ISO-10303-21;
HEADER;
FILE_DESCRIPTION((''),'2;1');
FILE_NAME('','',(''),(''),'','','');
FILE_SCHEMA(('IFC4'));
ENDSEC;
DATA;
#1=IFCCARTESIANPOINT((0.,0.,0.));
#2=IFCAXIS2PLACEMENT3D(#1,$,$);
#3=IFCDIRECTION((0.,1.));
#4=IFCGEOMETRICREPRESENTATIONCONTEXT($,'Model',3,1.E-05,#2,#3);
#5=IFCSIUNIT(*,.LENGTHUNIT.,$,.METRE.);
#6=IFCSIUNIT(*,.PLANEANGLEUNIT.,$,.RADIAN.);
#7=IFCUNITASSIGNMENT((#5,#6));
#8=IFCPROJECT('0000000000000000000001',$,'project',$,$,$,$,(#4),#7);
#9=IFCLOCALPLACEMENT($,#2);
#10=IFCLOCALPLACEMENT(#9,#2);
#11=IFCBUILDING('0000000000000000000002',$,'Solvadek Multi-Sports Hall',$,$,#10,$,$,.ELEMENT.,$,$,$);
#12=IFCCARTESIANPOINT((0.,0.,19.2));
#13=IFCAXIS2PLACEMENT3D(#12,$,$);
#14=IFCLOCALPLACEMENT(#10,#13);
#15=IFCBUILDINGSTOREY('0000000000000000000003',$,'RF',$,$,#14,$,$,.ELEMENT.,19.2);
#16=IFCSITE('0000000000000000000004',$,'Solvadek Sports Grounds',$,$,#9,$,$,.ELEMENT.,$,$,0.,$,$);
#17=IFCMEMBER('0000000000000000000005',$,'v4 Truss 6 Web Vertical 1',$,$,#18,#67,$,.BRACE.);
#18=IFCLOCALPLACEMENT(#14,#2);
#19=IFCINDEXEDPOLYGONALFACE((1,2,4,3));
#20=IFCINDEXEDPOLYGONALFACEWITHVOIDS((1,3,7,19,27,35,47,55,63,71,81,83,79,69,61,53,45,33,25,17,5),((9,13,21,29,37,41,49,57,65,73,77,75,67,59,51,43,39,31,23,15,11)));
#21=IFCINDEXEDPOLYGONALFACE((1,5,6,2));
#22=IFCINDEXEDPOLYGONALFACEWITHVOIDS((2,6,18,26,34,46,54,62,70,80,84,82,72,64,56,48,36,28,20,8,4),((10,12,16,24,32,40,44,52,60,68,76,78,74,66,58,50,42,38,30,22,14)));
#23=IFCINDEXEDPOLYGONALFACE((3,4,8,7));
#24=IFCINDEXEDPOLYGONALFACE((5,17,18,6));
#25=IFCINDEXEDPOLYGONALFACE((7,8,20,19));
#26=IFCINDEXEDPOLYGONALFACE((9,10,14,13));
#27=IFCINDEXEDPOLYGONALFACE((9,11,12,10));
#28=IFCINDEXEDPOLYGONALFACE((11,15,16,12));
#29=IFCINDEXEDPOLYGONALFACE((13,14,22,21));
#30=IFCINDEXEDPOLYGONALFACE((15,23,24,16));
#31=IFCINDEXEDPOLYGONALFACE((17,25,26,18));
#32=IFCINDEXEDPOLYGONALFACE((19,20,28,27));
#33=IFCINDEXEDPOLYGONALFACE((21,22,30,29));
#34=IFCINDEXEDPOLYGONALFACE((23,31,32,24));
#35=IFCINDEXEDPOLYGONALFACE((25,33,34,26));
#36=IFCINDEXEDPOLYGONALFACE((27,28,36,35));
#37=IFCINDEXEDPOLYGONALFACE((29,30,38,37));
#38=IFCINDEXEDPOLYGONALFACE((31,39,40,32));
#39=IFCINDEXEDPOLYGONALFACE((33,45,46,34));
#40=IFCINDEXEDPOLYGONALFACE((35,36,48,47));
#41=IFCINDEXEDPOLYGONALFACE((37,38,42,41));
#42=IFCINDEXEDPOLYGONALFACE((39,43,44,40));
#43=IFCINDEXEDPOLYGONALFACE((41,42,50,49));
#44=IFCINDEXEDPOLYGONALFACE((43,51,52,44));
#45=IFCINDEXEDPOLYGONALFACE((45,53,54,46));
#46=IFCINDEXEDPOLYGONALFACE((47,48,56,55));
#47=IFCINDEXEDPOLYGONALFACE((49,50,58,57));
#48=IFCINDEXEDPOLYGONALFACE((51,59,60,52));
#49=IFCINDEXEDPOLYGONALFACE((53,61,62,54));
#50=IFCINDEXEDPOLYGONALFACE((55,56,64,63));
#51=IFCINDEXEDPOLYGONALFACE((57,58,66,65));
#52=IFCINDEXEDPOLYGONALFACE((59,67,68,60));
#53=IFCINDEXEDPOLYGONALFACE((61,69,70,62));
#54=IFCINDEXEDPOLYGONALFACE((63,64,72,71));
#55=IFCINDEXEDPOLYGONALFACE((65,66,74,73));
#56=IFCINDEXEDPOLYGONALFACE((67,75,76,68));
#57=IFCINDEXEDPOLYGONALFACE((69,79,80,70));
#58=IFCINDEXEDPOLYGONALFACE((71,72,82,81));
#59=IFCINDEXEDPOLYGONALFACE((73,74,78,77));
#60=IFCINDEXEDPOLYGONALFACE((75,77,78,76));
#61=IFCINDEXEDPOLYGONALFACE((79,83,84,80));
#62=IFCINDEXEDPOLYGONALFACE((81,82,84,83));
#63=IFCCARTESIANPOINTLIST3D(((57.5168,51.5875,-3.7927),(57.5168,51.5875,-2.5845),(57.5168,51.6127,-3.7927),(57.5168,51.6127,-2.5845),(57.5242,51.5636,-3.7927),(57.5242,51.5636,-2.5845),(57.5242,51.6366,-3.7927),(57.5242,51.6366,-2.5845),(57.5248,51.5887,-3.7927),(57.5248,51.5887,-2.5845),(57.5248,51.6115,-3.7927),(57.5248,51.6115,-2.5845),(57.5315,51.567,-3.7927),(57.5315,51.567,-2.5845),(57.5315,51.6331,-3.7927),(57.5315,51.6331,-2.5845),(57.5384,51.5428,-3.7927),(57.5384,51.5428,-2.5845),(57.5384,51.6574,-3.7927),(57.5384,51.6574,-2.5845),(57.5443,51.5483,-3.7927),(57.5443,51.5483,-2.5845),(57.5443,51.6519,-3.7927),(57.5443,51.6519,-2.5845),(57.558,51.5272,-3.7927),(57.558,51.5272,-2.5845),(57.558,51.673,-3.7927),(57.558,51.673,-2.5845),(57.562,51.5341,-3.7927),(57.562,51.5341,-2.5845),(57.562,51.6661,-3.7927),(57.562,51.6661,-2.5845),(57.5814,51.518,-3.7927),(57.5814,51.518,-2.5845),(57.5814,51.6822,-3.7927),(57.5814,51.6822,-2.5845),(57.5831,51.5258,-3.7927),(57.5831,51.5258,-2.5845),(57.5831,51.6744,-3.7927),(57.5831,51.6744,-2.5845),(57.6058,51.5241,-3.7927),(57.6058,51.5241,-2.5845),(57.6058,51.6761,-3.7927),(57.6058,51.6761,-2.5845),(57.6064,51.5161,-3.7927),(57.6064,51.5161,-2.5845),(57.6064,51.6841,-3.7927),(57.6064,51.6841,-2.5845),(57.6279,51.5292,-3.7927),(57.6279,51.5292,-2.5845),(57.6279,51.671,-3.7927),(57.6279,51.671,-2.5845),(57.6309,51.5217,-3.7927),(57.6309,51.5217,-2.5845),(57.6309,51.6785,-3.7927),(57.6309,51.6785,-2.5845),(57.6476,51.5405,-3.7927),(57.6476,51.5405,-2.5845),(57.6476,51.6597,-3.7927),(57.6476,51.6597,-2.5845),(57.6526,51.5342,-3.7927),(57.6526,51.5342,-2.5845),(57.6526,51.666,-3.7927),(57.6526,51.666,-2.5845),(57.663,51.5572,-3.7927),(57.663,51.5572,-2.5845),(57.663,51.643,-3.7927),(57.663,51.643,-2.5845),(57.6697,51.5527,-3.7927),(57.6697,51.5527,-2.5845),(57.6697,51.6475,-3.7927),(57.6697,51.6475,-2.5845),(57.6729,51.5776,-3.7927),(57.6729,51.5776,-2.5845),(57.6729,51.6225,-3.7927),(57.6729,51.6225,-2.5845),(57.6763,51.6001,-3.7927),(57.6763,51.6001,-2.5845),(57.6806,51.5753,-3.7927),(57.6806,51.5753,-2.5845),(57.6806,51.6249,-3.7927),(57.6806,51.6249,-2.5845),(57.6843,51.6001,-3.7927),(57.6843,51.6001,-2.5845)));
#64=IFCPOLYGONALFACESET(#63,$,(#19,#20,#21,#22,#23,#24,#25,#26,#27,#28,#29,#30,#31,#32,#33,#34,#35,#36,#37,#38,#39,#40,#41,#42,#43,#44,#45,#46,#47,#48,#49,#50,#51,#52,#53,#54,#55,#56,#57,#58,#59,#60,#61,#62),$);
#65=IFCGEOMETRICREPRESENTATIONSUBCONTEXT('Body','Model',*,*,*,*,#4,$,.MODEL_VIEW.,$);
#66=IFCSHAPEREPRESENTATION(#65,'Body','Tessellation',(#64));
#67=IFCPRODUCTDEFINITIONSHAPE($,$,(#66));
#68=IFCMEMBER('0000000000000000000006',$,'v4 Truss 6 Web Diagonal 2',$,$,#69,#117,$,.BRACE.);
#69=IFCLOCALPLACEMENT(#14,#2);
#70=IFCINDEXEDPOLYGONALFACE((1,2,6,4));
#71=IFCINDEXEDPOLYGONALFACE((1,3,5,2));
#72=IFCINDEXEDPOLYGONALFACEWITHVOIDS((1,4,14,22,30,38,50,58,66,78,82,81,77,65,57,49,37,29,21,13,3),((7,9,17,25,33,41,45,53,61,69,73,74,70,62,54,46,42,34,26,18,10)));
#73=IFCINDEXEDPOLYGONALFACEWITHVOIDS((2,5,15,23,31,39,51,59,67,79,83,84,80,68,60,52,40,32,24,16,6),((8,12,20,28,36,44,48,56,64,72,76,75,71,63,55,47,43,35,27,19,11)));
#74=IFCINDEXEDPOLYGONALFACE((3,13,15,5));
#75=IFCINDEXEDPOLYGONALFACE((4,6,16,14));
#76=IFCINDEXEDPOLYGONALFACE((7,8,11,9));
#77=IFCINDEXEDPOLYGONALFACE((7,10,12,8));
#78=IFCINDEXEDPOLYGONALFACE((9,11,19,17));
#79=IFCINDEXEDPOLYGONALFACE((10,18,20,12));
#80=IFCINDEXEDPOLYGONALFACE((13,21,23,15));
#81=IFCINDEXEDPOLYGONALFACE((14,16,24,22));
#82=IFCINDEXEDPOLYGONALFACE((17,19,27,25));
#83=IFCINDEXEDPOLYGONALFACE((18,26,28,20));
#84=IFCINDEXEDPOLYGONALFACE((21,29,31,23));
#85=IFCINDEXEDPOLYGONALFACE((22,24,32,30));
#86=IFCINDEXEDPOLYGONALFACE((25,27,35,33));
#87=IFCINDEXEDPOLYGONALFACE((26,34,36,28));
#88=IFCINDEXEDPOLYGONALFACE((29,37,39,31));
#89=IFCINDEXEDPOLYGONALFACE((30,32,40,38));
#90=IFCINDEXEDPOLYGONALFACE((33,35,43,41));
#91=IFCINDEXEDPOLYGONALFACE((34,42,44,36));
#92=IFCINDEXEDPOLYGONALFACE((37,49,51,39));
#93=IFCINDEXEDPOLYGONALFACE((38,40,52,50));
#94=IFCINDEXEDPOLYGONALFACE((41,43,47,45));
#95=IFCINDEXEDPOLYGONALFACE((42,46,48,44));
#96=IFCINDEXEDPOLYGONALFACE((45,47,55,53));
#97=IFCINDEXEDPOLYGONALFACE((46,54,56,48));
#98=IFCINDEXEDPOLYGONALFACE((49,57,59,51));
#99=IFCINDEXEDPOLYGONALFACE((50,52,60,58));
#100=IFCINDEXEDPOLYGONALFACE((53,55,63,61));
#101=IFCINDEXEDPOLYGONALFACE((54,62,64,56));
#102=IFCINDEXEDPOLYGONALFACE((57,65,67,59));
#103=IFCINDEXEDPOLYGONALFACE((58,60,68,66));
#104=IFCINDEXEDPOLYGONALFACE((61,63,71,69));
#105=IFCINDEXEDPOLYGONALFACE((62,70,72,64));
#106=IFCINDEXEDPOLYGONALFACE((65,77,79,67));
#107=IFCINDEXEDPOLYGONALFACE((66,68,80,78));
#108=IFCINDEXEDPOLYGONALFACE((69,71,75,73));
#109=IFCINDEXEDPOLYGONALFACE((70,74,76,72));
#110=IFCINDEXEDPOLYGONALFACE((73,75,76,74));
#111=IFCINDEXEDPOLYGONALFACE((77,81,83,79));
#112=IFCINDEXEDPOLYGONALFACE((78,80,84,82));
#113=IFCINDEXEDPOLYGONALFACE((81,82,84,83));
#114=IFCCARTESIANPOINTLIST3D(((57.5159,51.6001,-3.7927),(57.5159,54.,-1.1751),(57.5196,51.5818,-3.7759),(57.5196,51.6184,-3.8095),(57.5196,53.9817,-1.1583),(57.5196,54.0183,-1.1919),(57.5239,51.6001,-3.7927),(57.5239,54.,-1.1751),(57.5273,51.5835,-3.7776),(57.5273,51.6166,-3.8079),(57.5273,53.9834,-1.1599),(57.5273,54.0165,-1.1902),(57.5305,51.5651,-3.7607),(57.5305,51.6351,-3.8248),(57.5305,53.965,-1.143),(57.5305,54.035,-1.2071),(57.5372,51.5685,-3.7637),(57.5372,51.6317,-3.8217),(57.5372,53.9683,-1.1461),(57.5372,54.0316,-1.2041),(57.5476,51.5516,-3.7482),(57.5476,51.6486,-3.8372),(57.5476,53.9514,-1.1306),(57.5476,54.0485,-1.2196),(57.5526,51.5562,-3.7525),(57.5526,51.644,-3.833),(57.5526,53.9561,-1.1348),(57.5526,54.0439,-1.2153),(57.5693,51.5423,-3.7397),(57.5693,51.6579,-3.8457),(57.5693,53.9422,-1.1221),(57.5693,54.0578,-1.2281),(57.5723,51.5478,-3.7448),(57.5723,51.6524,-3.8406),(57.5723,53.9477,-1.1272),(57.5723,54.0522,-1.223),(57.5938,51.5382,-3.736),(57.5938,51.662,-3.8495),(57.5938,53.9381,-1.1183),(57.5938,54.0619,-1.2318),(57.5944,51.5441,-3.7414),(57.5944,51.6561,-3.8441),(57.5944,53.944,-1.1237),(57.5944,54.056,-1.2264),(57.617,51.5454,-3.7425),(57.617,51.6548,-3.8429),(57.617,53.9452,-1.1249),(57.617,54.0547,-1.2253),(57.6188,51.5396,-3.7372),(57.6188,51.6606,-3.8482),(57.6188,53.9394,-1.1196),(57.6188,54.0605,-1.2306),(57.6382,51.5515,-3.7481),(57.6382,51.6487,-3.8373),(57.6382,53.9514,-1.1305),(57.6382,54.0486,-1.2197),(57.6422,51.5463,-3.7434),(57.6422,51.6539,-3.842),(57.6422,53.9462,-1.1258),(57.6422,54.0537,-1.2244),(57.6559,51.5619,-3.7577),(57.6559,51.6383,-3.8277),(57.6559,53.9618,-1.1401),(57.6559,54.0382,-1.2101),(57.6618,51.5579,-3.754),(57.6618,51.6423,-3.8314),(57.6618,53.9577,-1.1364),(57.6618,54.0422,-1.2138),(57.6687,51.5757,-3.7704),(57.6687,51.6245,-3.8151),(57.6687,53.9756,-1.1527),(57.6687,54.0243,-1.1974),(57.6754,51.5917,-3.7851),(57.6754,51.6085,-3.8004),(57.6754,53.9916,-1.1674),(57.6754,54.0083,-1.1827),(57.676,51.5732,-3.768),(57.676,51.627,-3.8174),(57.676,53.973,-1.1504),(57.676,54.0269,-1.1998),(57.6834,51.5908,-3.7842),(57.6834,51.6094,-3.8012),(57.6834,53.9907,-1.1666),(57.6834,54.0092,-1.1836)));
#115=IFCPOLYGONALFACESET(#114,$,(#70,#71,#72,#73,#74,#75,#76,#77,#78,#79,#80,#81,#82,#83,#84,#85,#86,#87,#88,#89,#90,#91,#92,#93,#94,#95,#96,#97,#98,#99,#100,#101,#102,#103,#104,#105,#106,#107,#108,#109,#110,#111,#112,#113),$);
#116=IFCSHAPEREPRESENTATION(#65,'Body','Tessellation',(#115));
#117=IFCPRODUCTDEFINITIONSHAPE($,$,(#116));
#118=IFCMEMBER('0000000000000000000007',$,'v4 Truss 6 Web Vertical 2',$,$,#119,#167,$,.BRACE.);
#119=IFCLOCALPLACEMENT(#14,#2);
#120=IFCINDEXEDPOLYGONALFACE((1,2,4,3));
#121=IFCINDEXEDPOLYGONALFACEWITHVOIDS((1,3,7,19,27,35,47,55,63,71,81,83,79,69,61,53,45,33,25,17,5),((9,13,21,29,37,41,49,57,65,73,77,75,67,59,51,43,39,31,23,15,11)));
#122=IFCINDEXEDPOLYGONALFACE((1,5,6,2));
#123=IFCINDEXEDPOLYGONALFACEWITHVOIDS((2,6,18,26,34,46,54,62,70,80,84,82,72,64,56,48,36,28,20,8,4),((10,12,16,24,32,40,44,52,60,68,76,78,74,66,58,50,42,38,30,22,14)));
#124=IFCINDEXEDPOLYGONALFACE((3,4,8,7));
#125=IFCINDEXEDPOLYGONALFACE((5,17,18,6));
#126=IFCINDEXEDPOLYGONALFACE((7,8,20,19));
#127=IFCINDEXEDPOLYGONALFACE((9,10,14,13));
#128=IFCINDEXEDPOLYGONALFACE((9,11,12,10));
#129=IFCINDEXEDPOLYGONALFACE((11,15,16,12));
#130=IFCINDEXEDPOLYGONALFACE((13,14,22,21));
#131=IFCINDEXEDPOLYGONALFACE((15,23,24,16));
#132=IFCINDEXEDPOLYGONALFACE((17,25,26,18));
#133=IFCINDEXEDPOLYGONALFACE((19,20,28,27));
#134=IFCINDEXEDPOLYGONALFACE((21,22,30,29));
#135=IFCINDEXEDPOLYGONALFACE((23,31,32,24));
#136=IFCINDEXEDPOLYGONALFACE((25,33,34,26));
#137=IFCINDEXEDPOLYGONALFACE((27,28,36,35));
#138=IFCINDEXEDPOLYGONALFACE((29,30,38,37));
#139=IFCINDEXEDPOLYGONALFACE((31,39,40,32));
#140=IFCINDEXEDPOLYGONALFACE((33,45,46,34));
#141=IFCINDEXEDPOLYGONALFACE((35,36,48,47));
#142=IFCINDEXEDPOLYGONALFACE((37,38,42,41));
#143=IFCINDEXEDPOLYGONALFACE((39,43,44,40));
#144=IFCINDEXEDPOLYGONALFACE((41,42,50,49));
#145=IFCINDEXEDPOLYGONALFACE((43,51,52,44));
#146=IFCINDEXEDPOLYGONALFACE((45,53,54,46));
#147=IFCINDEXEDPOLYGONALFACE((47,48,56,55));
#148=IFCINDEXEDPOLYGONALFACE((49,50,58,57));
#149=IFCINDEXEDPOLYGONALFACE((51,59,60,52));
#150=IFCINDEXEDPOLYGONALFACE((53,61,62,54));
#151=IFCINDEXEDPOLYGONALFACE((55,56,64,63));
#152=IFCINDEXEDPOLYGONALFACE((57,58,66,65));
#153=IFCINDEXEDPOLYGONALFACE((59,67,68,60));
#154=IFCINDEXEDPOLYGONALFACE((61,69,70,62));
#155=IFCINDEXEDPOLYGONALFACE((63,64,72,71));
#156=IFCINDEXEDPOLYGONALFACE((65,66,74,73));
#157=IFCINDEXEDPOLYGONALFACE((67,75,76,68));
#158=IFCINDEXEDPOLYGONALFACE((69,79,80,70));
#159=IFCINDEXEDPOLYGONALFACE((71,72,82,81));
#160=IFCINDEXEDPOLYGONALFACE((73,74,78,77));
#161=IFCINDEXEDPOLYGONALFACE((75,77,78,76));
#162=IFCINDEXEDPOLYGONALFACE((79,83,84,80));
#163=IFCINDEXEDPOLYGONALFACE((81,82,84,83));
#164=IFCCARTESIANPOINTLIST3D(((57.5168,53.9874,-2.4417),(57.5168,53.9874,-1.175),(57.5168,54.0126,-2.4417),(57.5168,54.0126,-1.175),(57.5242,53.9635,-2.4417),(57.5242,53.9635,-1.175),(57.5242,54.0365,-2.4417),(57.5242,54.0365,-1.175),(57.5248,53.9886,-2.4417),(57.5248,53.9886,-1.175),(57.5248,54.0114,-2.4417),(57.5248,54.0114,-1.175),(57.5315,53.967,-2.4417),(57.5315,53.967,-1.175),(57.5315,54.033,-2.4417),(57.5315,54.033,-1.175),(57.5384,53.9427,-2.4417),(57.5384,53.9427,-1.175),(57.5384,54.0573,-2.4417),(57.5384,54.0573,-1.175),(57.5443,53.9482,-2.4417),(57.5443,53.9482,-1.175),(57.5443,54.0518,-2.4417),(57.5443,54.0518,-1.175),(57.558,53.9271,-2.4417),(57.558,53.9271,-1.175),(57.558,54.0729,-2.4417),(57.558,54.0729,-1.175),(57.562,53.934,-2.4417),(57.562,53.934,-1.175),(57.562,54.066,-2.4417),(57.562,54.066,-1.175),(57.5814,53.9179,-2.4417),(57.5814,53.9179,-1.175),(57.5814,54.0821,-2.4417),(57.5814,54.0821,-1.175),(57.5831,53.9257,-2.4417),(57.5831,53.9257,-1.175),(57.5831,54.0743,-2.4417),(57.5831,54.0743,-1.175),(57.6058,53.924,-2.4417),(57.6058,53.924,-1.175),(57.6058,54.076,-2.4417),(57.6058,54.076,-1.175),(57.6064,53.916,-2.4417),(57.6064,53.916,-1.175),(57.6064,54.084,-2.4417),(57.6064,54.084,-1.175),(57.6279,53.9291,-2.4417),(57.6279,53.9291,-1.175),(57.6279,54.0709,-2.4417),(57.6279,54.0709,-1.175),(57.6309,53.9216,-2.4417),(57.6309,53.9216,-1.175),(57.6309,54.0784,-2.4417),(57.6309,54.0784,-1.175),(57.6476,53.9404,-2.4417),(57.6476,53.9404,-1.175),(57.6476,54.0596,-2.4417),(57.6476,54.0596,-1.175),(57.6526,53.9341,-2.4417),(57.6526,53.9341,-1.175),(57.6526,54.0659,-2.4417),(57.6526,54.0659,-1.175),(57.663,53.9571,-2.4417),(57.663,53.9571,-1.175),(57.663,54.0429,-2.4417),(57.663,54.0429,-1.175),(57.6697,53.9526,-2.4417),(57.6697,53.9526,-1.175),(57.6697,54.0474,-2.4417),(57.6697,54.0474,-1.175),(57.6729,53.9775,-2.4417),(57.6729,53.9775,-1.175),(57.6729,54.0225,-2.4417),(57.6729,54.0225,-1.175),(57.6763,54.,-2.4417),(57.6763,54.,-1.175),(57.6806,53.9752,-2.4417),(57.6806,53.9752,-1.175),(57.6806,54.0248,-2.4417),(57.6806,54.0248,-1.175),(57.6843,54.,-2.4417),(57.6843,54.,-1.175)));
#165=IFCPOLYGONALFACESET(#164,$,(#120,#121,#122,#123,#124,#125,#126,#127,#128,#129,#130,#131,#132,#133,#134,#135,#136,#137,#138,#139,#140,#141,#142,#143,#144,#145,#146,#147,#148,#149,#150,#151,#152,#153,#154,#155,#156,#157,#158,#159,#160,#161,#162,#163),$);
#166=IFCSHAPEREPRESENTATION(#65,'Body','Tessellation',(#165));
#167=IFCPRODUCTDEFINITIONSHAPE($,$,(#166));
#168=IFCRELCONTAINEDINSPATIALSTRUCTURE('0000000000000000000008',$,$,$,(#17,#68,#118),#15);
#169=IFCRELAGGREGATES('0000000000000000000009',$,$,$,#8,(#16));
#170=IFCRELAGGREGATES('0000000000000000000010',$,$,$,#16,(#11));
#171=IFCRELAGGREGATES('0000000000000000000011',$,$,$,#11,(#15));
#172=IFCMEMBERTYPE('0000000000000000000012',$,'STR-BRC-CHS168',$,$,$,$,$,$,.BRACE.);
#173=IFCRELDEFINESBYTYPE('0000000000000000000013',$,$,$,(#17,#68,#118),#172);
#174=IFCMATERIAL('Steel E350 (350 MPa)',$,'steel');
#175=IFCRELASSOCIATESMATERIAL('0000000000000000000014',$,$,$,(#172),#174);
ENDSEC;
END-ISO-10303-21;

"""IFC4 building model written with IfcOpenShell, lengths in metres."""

from ifc_helpers import new_model, si_unit, direction, frame, origin, origin_2d, place, context, subcontext, project, spatial, hollow_circle, extrude, material, material_profile, profile_set, type_object, element, save


model = new_model("IFC4")

# Units and contexts
model_context = context("Model", 3, precision=1e-05, world=origin(), true_north=direction((0.0, 1.0)))
body_context = subcontext(model_context, "Body", "Model", "MODEL_VIEW")
ifc_project = project(units=[si_unit("LENGTHUNIT", "METRE"), si_unit("PLANEANGLEUNIT", "RADIAN")], contexts=[model_context])

# Site, building, storey
site_placement = place(None, origin())
site = spatial("IfcSite", under=ifc_project, at=site_placement, Name="Solvadek Sports Grounds", CompositionType="ELEMENT", RefElevation=0.0)
building_placement = place(site_placement, origin())
building = spatial("IfcBuilding", under=site, at=building_placement, Name="Solvadek Multi-Sports Hall", CompositionType="ELEMENT")
storey_placement = place(building_placement, frame((0.0, 0.0, 19.2)))
storey = spatial("IfcBuildingStorey", under=building, at=storey_placement, Name="RF", CompositionType="ELEMENT", Elevation=19.2)

# Shared definitions
ifc_material_1 = material(Name="Steel E350 (350 MPa)", Category="steel")

# Members
ifc_material_profile_1 = material_profile(ifc_material_1, hollow_circle(Radius=0.0842, WallThickness=0.0081, at=origin_2d()), Name="CHS 168.3x8")
ifc_profile_set_1 = profile_set([ifc_material_profile_1], Name="Steel E350 (350 MPa)")
member_type_1 = type_object("IfcMemberType", Name="STR-BRC-CHS168", PredefinedType="BRACE", material=ifc_profile_set_1)
member_1_placement = place(storey_placement, frame((57.6001, 51.6001, -3.7927), z_axis=(0.0, 0.0, 1.0), x_axis=(1.0, 0.0, 0.0)))
element("IfcMember", 1, at=member_1_placement, inside=storey, type_object=member_type_1, Name="v4 Truss 6 Web Vertical 1", PredefinedType="BRACE", context=body_context, shape_type="SweptSolid", body=[
    extrude(hollow_circle(Radius=0.0842, WallThickness=0.0081, at=origin_2d()), origin(), (0.0, 0.0, 1.0), 1.2083),
])
member_2_placement = place(storey_placement, frame((57.6001, 51.6001, -3.7927), z_axis=(0.0, 0.675781, 0.737103), x_axis=(-1.0, 0.0, 0.0)))
element("IfcMember", 2, at=member_2_placement, inside=storey, type_object=member_type_1, Name="v4 Truss 6 Web Diagonal 2", PredefinedType="BRACE", context=body_context, shape_type="SweptSolid", body=[
    extrude(hollow_circle(Radius=0.0842, WallThickness=0.0081, at=origin_2d()), origin(), (0.0, 0.0, 1.0), 3.5513),
])
member_3_placement = place(storey_placement, frame((57.6001, 54.0, -2.4417), z_axis=(0.0, 0.0, 1.0), x_axis=(1.0, 0.0, 0.0)))
element("IfcMember", 3, at=member_3_placement, inside=storey, type_object=member_type_1, Name="v4 Truss 6 Web Vertical 2", PredefinedType="BRACE", context=body_context, shape_type="SweptSolid", body=[
    extrude(hollow_circle(Radius=0.0842, WallThickness=0.0081, at=origin_2d()), origin(), (0.0, 0.0, 1.0), 1.2666),
])

save(model, "model.ifc")
